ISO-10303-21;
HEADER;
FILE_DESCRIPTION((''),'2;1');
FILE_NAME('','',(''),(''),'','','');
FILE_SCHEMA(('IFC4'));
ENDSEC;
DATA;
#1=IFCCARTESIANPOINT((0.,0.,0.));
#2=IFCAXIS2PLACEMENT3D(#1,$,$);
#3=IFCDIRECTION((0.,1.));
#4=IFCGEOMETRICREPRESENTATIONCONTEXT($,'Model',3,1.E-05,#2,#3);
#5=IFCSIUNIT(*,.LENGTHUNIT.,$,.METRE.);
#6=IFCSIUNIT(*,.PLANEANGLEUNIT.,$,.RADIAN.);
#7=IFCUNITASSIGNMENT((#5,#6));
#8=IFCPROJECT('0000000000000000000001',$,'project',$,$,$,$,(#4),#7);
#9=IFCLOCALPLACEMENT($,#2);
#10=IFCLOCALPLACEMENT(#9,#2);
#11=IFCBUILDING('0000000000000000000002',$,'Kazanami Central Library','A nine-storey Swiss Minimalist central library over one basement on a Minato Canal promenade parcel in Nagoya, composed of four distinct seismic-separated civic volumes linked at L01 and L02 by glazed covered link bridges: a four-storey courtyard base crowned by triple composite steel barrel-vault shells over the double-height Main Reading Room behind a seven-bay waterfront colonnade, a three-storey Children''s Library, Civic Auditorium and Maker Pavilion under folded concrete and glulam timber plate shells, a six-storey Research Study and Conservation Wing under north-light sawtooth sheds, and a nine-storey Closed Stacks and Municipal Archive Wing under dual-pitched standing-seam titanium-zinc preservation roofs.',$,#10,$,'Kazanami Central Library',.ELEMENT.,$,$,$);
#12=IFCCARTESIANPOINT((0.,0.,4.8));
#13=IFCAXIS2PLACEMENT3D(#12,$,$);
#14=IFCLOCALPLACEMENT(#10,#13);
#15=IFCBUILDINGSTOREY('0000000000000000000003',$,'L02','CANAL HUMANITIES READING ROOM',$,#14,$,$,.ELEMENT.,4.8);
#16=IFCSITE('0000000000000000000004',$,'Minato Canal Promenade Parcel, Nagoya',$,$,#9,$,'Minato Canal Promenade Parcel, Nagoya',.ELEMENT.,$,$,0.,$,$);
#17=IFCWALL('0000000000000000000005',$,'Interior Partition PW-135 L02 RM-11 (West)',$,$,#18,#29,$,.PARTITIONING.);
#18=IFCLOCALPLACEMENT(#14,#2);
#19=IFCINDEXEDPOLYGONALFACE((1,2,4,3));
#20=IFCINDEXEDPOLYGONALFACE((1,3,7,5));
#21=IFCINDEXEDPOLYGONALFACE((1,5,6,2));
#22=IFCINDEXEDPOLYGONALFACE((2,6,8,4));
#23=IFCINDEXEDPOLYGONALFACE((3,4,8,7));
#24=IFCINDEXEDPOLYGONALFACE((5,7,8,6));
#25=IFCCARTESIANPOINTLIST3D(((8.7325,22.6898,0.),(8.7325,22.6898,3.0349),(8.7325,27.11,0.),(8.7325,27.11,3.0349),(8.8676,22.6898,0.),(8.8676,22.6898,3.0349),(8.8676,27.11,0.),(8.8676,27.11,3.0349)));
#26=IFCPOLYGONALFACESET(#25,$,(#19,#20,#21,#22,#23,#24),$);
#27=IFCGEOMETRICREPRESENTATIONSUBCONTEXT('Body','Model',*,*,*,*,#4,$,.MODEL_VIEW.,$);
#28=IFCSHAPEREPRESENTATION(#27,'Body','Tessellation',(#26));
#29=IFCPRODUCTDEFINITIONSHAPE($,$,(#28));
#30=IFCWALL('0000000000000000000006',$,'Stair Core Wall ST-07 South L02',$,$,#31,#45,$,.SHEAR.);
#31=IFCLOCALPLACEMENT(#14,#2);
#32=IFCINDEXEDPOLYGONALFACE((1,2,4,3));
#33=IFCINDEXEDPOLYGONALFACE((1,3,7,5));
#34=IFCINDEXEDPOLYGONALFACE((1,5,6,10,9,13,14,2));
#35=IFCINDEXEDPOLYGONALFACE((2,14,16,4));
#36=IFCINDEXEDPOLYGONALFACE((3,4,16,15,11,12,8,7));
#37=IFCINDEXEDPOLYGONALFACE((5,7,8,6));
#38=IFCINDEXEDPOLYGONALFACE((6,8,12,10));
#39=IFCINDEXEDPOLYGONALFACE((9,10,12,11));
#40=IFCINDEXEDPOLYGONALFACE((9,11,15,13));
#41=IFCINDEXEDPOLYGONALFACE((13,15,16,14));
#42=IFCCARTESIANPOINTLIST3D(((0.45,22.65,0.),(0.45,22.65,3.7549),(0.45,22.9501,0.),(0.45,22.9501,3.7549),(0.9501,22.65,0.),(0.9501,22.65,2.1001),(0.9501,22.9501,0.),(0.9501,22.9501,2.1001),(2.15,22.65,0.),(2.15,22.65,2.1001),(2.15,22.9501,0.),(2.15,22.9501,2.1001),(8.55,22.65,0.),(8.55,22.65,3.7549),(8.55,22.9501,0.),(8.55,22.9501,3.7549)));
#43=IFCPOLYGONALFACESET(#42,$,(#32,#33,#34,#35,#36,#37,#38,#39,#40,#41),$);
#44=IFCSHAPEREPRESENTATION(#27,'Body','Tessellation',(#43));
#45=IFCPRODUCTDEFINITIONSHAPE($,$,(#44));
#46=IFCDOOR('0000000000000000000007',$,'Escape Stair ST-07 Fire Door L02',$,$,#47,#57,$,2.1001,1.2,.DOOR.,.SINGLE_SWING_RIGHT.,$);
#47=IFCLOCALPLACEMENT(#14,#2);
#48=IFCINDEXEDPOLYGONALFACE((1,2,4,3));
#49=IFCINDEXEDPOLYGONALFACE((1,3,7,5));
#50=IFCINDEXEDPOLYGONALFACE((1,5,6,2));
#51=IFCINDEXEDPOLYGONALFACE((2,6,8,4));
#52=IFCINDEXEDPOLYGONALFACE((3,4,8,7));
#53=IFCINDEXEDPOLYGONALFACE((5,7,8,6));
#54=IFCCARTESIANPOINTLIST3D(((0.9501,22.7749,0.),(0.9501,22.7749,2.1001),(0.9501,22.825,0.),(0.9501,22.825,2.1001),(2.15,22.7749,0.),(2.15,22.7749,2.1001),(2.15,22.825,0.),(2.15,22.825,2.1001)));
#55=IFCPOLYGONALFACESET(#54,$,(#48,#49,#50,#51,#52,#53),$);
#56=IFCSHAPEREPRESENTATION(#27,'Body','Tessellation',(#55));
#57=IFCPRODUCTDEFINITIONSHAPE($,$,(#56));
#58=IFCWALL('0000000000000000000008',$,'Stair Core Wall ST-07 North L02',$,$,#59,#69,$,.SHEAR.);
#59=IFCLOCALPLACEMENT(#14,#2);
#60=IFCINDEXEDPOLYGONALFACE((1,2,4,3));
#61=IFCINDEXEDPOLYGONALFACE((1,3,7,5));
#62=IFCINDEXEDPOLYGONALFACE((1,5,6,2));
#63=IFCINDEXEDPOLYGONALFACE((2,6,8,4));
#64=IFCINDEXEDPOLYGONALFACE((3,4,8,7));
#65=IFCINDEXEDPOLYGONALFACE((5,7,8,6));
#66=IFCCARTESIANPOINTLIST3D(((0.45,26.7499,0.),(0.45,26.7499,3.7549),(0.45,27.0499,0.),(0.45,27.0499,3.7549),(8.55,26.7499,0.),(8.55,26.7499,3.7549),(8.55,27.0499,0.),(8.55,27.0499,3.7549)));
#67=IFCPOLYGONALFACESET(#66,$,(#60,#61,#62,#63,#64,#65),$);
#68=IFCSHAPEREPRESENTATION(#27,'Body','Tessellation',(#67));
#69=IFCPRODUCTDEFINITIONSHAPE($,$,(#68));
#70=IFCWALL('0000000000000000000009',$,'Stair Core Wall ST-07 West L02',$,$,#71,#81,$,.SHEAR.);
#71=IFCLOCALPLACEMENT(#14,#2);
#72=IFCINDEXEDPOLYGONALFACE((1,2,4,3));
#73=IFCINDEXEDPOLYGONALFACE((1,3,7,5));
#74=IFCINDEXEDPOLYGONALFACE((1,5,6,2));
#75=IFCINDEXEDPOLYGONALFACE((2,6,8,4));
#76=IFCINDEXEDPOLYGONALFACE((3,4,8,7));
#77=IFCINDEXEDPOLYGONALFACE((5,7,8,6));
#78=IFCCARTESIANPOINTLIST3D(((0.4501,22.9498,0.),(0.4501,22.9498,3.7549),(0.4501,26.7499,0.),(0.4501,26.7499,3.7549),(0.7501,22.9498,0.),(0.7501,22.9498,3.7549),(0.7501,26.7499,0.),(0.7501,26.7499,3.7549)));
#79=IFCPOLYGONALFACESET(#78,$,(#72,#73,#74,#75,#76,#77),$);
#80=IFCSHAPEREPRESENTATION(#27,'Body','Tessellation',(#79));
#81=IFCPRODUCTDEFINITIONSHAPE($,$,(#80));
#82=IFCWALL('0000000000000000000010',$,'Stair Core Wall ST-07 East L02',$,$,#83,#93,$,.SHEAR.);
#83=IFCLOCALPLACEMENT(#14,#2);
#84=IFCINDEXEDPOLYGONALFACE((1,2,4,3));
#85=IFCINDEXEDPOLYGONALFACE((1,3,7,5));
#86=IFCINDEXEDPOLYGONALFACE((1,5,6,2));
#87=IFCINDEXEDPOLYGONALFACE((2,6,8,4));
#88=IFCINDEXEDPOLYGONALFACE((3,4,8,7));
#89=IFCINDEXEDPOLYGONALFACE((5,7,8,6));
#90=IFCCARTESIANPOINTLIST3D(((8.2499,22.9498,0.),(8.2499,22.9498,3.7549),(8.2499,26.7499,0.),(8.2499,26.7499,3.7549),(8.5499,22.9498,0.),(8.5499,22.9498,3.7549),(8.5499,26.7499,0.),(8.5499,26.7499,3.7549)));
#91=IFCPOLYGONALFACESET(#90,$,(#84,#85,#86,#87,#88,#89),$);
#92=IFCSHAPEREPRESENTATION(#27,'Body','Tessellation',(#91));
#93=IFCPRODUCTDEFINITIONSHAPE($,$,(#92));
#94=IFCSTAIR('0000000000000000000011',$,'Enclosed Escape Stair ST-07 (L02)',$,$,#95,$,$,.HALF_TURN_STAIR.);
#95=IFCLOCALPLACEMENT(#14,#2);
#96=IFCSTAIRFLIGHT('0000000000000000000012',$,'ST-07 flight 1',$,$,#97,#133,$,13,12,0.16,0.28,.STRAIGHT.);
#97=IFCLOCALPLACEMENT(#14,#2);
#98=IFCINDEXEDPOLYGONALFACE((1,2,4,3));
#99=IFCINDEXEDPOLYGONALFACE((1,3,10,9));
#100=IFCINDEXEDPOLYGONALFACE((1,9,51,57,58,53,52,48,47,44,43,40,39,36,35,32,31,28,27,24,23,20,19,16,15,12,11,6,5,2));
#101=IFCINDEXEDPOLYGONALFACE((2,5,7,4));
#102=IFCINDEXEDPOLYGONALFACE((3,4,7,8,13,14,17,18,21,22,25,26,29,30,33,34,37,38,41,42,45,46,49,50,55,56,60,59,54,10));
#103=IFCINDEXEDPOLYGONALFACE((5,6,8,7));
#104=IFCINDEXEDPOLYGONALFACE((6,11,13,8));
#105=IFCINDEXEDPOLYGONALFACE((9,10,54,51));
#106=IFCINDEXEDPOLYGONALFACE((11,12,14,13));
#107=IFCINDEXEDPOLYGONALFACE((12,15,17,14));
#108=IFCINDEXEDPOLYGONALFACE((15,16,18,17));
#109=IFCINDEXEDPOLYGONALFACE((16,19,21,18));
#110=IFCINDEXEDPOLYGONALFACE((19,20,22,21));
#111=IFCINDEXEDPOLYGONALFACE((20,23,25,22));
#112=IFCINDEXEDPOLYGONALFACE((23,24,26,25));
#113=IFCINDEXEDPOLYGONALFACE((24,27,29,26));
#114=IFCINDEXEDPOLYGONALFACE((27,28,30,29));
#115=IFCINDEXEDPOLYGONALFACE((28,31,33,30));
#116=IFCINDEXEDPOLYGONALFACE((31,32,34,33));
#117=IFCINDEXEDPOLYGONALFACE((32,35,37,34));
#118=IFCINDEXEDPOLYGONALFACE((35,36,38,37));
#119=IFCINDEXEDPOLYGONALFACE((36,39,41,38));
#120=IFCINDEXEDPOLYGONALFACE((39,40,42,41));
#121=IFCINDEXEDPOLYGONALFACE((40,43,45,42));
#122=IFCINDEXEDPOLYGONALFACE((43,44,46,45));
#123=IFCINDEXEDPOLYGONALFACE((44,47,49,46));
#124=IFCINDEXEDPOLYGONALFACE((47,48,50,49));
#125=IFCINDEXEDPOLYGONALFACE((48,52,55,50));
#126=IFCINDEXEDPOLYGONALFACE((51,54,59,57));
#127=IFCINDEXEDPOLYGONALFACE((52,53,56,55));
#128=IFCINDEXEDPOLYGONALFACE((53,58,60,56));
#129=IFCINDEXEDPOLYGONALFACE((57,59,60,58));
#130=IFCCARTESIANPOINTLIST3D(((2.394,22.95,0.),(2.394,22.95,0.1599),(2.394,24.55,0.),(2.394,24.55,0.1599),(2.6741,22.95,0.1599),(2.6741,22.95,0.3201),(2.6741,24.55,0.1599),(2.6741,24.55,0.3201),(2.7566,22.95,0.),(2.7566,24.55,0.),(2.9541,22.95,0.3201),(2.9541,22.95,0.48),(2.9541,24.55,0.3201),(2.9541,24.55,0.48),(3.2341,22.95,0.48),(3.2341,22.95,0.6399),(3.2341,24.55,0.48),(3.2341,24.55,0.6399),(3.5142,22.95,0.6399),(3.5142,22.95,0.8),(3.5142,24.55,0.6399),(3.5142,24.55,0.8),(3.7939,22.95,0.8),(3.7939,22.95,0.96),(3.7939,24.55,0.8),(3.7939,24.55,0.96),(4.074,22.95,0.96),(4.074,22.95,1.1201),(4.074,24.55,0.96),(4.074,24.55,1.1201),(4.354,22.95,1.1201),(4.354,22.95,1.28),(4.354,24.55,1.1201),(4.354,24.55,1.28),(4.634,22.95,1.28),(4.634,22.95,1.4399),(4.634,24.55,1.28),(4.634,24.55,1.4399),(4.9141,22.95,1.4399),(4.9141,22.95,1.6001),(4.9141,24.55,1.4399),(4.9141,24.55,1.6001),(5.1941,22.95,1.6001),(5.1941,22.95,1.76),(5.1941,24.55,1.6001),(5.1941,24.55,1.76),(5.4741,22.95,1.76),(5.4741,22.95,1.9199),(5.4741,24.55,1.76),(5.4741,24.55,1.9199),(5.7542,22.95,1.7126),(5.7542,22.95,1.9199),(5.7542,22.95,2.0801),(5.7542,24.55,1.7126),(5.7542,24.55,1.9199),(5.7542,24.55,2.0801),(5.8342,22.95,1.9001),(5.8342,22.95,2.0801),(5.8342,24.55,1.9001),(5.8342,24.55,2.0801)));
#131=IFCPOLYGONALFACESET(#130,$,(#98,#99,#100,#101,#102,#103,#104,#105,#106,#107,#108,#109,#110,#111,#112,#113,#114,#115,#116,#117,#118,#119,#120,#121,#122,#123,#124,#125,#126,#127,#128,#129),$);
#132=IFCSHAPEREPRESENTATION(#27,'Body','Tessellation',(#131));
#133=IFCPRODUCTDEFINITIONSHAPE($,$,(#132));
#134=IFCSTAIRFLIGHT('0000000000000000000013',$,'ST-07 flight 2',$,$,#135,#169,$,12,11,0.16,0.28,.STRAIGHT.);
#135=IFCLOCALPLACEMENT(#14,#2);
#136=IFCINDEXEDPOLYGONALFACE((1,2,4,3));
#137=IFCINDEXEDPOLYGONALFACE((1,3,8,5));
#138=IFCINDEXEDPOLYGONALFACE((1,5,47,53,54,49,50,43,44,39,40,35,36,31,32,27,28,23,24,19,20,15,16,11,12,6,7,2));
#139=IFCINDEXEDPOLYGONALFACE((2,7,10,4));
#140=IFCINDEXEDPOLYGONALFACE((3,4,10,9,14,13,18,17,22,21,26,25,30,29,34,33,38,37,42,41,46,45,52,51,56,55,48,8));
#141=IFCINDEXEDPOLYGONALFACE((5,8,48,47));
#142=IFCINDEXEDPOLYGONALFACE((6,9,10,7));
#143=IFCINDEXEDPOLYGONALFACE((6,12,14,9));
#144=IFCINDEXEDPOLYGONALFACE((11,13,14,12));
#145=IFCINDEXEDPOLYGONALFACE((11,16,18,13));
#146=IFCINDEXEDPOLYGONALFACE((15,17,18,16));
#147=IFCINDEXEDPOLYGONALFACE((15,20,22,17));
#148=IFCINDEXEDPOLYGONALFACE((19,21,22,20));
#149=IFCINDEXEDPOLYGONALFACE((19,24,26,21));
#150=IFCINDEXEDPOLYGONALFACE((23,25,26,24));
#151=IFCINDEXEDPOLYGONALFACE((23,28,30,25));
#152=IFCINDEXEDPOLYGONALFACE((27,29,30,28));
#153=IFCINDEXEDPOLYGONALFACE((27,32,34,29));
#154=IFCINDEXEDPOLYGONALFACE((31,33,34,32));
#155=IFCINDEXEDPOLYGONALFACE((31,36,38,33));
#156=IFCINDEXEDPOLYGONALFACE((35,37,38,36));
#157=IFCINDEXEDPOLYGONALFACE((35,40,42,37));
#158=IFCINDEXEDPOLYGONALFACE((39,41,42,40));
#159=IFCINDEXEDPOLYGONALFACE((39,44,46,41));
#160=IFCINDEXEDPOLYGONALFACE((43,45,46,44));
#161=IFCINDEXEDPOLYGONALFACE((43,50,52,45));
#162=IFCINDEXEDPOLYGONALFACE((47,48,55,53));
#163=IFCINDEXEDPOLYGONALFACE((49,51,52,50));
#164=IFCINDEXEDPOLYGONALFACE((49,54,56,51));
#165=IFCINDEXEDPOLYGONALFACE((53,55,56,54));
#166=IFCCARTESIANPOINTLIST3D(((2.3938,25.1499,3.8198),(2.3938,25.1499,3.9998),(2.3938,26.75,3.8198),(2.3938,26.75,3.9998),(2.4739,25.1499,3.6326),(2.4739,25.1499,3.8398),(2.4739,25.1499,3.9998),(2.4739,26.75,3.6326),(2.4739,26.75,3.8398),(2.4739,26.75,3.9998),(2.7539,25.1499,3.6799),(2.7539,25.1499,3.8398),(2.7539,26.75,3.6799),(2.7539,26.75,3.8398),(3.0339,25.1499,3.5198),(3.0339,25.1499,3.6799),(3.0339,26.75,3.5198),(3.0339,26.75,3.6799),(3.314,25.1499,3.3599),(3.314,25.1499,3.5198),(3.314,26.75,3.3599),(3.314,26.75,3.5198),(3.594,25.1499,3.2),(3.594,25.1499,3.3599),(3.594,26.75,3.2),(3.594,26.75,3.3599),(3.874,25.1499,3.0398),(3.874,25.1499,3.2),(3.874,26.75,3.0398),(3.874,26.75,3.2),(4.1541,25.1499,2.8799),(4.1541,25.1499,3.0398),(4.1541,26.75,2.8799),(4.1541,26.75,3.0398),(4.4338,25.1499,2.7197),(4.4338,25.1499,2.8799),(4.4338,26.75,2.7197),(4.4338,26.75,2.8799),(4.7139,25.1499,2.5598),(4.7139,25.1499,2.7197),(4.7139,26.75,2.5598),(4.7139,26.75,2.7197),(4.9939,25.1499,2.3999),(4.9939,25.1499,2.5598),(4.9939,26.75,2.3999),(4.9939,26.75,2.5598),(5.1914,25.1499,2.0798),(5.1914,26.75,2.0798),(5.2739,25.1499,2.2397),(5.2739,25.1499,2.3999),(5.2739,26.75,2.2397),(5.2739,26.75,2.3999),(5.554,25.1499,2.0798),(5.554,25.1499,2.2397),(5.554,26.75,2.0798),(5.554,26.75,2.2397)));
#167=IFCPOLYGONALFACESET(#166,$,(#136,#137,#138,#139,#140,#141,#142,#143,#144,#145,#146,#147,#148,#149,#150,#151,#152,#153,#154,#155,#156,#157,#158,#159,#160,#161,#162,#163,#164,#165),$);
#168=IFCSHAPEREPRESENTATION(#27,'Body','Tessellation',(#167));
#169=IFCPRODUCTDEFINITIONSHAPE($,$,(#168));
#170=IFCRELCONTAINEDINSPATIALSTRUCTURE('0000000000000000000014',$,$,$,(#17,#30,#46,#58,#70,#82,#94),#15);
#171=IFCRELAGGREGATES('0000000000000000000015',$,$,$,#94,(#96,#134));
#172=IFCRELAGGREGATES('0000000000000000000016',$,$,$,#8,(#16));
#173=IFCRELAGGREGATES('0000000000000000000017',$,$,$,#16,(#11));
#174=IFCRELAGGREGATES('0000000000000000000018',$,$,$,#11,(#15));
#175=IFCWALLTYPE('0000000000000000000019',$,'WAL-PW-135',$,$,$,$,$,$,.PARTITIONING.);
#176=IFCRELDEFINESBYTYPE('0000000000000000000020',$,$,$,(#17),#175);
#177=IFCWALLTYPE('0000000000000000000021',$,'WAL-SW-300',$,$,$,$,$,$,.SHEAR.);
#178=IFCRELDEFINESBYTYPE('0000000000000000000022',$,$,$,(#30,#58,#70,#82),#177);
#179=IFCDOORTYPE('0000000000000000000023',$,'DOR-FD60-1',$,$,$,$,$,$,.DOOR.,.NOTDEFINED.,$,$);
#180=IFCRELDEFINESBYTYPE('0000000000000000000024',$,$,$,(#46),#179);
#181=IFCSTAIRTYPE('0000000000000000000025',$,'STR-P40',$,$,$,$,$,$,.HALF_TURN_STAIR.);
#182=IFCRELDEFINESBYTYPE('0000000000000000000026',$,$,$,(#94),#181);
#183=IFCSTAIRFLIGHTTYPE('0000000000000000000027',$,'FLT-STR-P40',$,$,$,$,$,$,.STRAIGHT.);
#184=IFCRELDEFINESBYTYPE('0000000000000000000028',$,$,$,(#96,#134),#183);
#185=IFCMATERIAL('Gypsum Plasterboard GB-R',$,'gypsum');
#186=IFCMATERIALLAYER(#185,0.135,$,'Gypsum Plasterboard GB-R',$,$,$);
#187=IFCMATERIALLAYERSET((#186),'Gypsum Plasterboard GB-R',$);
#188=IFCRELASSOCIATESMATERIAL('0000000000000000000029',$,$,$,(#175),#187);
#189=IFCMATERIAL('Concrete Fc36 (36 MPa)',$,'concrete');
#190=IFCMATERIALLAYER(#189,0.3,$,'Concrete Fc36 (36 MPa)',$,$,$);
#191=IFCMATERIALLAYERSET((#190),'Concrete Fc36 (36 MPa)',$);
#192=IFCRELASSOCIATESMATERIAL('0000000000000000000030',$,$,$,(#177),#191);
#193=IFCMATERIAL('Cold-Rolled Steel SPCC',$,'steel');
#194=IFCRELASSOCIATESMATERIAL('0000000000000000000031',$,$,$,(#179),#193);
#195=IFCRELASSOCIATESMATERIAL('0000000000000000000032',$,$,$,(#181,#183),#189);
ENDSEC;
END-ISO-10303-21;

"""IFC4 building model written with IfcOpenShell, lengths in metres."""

from ifc_helpers import new_model, si_unit, direction, frame, frame_2d, origin, place, context, subcontext, project, spatial, polyline, rectangle, outline, extrude, material, layer, layer_set, type_object, element, fill, aggregate, save


model = new_model("IFC4")

# Units and contexts
model_context = context("Model", 3, precision=1e-05, world=origin(), true_north=direction((0.0, 1.0)))
body_context = subcontext(model_context, "Body", "Model", "MODEL_VIEW")
ifc_project = project(units=[si_unit("LENGTHUNIT", "METRE"), si_unit("PLANEANGLEUNIT", "RADIAN")], contexts=[model_context])

# Site, building, storey
site_placement = place(None, origin())
site = spatial("IfcSite", under=ifc_project, at=site_placement, Name="Minato Canal Promenade Parcel, Nagoya", LongName="Minato Canal Promenade Parcel, Nagoya", CompositionType="ELEMENT", RefElevation=0.0)
building_placement = place(site_placement, origin())
building = spatial("IfcBuilding", under=site, at=building_placement, Name="Kazanami Central Library", Description="A nine-storey Swiss Minimalist central library over one basement on a Minato Canal promenade parcel in Nagoya, composed of four distinct seismic-separated civic volumes linked at L01 and L02 by glazed covered link bridges: a four-storey courtyard base crowned by triple composite steel barrel-vault shells over the double-height Main Reading Room behind a seven-bay waterfront colonnade, a three-storey Children's Library, Civic Auditorium and Maker Pavilion under folded concrete and glulam timber plate shells, a six-storey Research Study and Conservation Wing under north-light sawtooth sheds, and a nine-storey Closed Stacks and Municipal Archive Wing under dual-pitched standing-seam titanium-zinc preservation roofs.", LongName="Kazanami Central Library", CompositionType="ELEMENT")
storey_placement = place(building_placement, frame((0.0, 0.0, 4.8)))
storey = spatial("IfcBuildingStorey", under=building, at=storey_placement, Name="L02", Description="CANAL HUMANITIES READING ROOM", CompositionType="ELEMENT", Elevation=4.8)

# Shared definitions
ifc_material_1 = material(Name="Concrete Fc36 (36 MPa)", Category="concrete")

# Shared definitions
ifc_material_2 = material(Name="Cold-Rolled Steel SPCC", Category="steel")
ifc_material_3 = material(Name="Gypsum Plasterboard GB-R", Category="gypsum")
ifc_layer_1 = layer(ifc_material_3, 0.135, Name="Gypsum Plasterboard GB-R")
ifc_layer_set_1 = layer_set([ifc_layer_1], Name="Gypsum Plasterboard GB-R")
wall_type_1 = type_object("IfcWallType", Name="WAL-PW-135", PredefinedType="PARTITIONING", material=ifc_layer_set_1)

# Wall
wall_1_placement = place(storey_placement, frame((8.8, 22.6899, 0.0), z_axis=(0.0, 0.0, 1.0), x_axis=(0.0, 1.0, 0.0)))
element("IfcWall", 1, at=wall_1_placement, inside=storey, type_object=wall_type_1, Name="Interior Partition PW-135 L02 RM-11 (West)", PredefinedType="PARTITIONING", context=body_context, shape_type="SweptSolid", body=[
    extrude(rectangle(XDim=4.4202, YDim=0.135, at=frame_2d((2.21, 0.0))), origin(), (0.0, 0.0, 1.0), 3.0349),
])

# Wall, opening, door
ifc_layer_2 = layer(ifc_material_1, 0.3, Name="Concrete Fc36 (36 MPa)")
ifc_layer_set_2 = layer_set([ifc_layer_2], Name="Concrete Fc36 (36 MPa)")
wall_type_2 = type_object("IfcWallType", Name="WAL-SW-300", PredefinedType="SHEAR", material=ifc_layer_set_2)
wall_2_placement = place(storey_placement, frame((0.45, 22.8, 0.0), z_axis=(0.0, 0.0, 1.0), x_axis=(1.0, 0.0, 0.0)))
wall_2 = element("IfcWall", 2, at=wall_2_placement, inside=storey, type_object=wall_type_2, Name="Stair Core Wall ST-07 South L02", PredefinedType="SHEAR", context=body_context, shape_type="SweptSolid", body=[
    extrude(rectangle(XDim=8.1001, YDim=0.3, at=frame_2d((4.05, 0.0))), origin(), (0.0, 0.0, 1.0), 3.7549),
])
opening_1_placement = place(wall_2_placement, frame((0.5, 0.0, 0.0)))
opening_1 = element("IfcOpeningElement", 3, at=opening_1_placement, cuts=wall_2, PredefinedType="OPENING", context=body_context, shape_type="SweptSolid", body=[
    extrude(rectangle(XDim=1.2, YDim=2.1001, at=frame_2d((0.6001, 1.05))), frame((0.0, 0.1621, 0.0), z_axis=(0.0, -1.0, 0.0), x_axis=(1.0, 0.0, 0.0)), (0.0, 0.0, 1.0), 0.324),
])
door_type_1 = type_object("IfcDoorType", Name="DOR-FD60-1", OperationType="NOTDEFINED", PredefinedType="DOOR", material=ifc_material_2)
door_1_placement = place(opening_1_placement, origin())
door_1 = element("IfcDoor", 4, at=door_1_placement, inside=storey, type_object=door_type_1, Name="Escape Stair ST-07 Fire Door L02", OperationType="SINGLE_SWING_RIGHT", OverallHeight=2.1001, OverallWidth=1.2, PredefinedType="DOOR", context=body_context, shape_type="SweptSolid", body=[
    extrude(rectangle(XDim=1.2, YDim=2.1001, at=frame_2d((0.6001, 1.05))), frame((0.0, 0.0249, 0.0), z_axis=(0.0, -1.0, 0.0), x_axis=(1.0, 0.0, 0.0)), (0.0, 0.0, 1.0), 0.05),
])
fill(opening_1, door_1)

# Walls
wall_3_placement = place(storey_placement, frame((0.45, 26.8999, 0.0), z_axis=(0.0, 0.0, 1.0), x_axis=(1.0, 0.0, 0.0)))
element("IfcWall", 5, at=wall_3_placement, inside=storey, type_object=wall_type_2, Name="Stair Core Wall ST-07 North L02", PredefinedType="SHEAR", context=body_context, shape_type="SweptSolid", body=[
    extrude(rectangle(XDim=8.1001, YDim=0.3, at=frame_2d((4.05, 0.0))), origin(), (0.0, 0.0, 1.0), 3.7549),
])
for number, where, z_axis, x_axis, name in (
    (6, (0.6001, 22.95, 0.0), (0.0, 0.0, 1.0), (0.0, 1.0, 0.0), "Stair Core Wall ST-07 West L02"),
    (7, (8.3999, 22.95, 0.0), (0.0, 0.0, 1.0), (0.0, 1.0, 0.0), "Stair Core Wall ST-07 East L02"),
):
    element("IfcWall", number, at=place(storey_placement, frame(where, z_axis=z_axis, x_axis=x_axis)), inside=storey, type_object=wall_type_2, Name=name, PredefinedType="SHEAR", context=body_context, shape_type="SweptSolid", body=[
        extrude(rectangle(XDim=3.8, YDim=0.3, at=frame_2d((1.8999, 0.0))), origin(), (0.0, 0.0, 1.0), 3.7549),
    ])

# Stair, stair flights
stair_type = type_object("IfcStairType", Name="STR-P40", PredefinedType="HALF_TURN_STAIR", material=ifc_material_1)
stair_placement = place(storey_placement, origin())
stair = element("IfcStair", 8, at=stair_placement, inside=storey, type_object=stair_type, Name="Enclosed Escape Stair ST-07 (L02)", PredefinedType="HALF_TURN_STAIR")
stair_flight_type = type_object("IfcStairFlightType", Name="FLT-STR-P40", PredefinedType="STRAIGHT", material=ifc_material_1)
stair_flight_1_placement = place(storey_placement, frame((2.394, 23.75, 0.0), z_axis=(0.0, 0.0, 1.0), x_axis=(1.0, 0.0, 0.0)))
stair_flight_1 = element("IfcStairFlight", 9, at=stair_flight_1_placement, type_object=stair_flight_type, Name="ST-07 flight 1", NumberOfRisers=13, NumberOfTreads=12, PredefinedType="STRAIGHT", RiserHeight=0.16, TreadLength=0.28, context=body_context, shape_type="SweptSolid", body=[
    extrude(outline(polyline([(0.0, 0.0), (0.0, 0.1599), (0.28, 0.1599), (0.28, 0.3201), (0.5601, 0.3201), (0.5601, 0.48), (0.8401, 0.48), (0.8401, 0.6399), (1.1201, 0.6399), (1.1201, 0.8), (1.3999, 0.8), (1.3999, 0.96), (1.6799, 0.96), (1.6799, 1.1201), (1.96, 1.1201), (1.96, 1.28), (2.24, 1.28), (2.24, 1.4399), (2.52, 1.4399), (2.52, 1.6001), (2.8, 1.6001), (2.8, 1.76), (3.0801, 1.76), (3.0801, 1.9199), (3.3601, 1.9199), (3.3601, 2.0801), (3.4402, 2.0801), (3.4402, 1.9001), (3.3601, 1.7126), (0.3625, 0.0), (0.0, 0.0)])), frame((0.0, 0.8, 0.0), z_axis=(0.0, -1.0, 0.0), x_axis=(1.0, 0.0, 0.0)), (0.0, 0.0, 1.0), 1.6001),
])
stair_flight_2_placement = place(storey_placement, frame((5.554, 25.95, 2.0798), z_axis=(0.0, 0.0, 1.0), x_axis=(-1.0, 0.0, 0.0)))
stair_flight_2 = element("IfcStairFlight", 10, at=stair_flight_2_placement, type_object=stair_flight_type, Name="ST-07 flight 2", NumberOfRisers=12, NumberOfTreads=11, PredefinedType="STRAIGHT", RiserHeight=0.16, TreadLength=0.28, context=body_context, shape_type="SweptSolid", body=[
    extrude(outline(polyline([(0.0, 0.0), (0.0, 0.1599), (0.28, 0.1599), (0.28, 0.3201), (0.5601, 0.3201), (0.5601, 0.48), (0.8401, 0.48), (0.8401, 0.6399), (1.1201, 0.6399), (1.1201, 0.8), (1.3999, 0.8), (1.3999, 0.96), (1.6799, 0.96), (1.6799, 1.1201), (1.96, 1.1201), (1.96, 1.28), (2.24, 1.28), (2.24, 1.4399), (2.52, 1.4399), (2.52, 1.6001), (2.8, 1.6001), (2.8, 1.76), (3.0801, 1.76), (3.0801, 1.9199), (3.1602, 1.9199), (3.1602, 1.74), (3.0801, 1.5527), (0.3625, 0.0), (0.0, 0.0)])), frame((0.0, 0.8, 0.0), z_axis=(0.0, -1.0, 0.0), x_axis=(1.0, 0.0, 0.0)), (0.0, 0.0, 1.0), 1.6001),
])
aggregate(stair, [stair_flight_1, stair_flight_2])

save(model, "model.ifc")
